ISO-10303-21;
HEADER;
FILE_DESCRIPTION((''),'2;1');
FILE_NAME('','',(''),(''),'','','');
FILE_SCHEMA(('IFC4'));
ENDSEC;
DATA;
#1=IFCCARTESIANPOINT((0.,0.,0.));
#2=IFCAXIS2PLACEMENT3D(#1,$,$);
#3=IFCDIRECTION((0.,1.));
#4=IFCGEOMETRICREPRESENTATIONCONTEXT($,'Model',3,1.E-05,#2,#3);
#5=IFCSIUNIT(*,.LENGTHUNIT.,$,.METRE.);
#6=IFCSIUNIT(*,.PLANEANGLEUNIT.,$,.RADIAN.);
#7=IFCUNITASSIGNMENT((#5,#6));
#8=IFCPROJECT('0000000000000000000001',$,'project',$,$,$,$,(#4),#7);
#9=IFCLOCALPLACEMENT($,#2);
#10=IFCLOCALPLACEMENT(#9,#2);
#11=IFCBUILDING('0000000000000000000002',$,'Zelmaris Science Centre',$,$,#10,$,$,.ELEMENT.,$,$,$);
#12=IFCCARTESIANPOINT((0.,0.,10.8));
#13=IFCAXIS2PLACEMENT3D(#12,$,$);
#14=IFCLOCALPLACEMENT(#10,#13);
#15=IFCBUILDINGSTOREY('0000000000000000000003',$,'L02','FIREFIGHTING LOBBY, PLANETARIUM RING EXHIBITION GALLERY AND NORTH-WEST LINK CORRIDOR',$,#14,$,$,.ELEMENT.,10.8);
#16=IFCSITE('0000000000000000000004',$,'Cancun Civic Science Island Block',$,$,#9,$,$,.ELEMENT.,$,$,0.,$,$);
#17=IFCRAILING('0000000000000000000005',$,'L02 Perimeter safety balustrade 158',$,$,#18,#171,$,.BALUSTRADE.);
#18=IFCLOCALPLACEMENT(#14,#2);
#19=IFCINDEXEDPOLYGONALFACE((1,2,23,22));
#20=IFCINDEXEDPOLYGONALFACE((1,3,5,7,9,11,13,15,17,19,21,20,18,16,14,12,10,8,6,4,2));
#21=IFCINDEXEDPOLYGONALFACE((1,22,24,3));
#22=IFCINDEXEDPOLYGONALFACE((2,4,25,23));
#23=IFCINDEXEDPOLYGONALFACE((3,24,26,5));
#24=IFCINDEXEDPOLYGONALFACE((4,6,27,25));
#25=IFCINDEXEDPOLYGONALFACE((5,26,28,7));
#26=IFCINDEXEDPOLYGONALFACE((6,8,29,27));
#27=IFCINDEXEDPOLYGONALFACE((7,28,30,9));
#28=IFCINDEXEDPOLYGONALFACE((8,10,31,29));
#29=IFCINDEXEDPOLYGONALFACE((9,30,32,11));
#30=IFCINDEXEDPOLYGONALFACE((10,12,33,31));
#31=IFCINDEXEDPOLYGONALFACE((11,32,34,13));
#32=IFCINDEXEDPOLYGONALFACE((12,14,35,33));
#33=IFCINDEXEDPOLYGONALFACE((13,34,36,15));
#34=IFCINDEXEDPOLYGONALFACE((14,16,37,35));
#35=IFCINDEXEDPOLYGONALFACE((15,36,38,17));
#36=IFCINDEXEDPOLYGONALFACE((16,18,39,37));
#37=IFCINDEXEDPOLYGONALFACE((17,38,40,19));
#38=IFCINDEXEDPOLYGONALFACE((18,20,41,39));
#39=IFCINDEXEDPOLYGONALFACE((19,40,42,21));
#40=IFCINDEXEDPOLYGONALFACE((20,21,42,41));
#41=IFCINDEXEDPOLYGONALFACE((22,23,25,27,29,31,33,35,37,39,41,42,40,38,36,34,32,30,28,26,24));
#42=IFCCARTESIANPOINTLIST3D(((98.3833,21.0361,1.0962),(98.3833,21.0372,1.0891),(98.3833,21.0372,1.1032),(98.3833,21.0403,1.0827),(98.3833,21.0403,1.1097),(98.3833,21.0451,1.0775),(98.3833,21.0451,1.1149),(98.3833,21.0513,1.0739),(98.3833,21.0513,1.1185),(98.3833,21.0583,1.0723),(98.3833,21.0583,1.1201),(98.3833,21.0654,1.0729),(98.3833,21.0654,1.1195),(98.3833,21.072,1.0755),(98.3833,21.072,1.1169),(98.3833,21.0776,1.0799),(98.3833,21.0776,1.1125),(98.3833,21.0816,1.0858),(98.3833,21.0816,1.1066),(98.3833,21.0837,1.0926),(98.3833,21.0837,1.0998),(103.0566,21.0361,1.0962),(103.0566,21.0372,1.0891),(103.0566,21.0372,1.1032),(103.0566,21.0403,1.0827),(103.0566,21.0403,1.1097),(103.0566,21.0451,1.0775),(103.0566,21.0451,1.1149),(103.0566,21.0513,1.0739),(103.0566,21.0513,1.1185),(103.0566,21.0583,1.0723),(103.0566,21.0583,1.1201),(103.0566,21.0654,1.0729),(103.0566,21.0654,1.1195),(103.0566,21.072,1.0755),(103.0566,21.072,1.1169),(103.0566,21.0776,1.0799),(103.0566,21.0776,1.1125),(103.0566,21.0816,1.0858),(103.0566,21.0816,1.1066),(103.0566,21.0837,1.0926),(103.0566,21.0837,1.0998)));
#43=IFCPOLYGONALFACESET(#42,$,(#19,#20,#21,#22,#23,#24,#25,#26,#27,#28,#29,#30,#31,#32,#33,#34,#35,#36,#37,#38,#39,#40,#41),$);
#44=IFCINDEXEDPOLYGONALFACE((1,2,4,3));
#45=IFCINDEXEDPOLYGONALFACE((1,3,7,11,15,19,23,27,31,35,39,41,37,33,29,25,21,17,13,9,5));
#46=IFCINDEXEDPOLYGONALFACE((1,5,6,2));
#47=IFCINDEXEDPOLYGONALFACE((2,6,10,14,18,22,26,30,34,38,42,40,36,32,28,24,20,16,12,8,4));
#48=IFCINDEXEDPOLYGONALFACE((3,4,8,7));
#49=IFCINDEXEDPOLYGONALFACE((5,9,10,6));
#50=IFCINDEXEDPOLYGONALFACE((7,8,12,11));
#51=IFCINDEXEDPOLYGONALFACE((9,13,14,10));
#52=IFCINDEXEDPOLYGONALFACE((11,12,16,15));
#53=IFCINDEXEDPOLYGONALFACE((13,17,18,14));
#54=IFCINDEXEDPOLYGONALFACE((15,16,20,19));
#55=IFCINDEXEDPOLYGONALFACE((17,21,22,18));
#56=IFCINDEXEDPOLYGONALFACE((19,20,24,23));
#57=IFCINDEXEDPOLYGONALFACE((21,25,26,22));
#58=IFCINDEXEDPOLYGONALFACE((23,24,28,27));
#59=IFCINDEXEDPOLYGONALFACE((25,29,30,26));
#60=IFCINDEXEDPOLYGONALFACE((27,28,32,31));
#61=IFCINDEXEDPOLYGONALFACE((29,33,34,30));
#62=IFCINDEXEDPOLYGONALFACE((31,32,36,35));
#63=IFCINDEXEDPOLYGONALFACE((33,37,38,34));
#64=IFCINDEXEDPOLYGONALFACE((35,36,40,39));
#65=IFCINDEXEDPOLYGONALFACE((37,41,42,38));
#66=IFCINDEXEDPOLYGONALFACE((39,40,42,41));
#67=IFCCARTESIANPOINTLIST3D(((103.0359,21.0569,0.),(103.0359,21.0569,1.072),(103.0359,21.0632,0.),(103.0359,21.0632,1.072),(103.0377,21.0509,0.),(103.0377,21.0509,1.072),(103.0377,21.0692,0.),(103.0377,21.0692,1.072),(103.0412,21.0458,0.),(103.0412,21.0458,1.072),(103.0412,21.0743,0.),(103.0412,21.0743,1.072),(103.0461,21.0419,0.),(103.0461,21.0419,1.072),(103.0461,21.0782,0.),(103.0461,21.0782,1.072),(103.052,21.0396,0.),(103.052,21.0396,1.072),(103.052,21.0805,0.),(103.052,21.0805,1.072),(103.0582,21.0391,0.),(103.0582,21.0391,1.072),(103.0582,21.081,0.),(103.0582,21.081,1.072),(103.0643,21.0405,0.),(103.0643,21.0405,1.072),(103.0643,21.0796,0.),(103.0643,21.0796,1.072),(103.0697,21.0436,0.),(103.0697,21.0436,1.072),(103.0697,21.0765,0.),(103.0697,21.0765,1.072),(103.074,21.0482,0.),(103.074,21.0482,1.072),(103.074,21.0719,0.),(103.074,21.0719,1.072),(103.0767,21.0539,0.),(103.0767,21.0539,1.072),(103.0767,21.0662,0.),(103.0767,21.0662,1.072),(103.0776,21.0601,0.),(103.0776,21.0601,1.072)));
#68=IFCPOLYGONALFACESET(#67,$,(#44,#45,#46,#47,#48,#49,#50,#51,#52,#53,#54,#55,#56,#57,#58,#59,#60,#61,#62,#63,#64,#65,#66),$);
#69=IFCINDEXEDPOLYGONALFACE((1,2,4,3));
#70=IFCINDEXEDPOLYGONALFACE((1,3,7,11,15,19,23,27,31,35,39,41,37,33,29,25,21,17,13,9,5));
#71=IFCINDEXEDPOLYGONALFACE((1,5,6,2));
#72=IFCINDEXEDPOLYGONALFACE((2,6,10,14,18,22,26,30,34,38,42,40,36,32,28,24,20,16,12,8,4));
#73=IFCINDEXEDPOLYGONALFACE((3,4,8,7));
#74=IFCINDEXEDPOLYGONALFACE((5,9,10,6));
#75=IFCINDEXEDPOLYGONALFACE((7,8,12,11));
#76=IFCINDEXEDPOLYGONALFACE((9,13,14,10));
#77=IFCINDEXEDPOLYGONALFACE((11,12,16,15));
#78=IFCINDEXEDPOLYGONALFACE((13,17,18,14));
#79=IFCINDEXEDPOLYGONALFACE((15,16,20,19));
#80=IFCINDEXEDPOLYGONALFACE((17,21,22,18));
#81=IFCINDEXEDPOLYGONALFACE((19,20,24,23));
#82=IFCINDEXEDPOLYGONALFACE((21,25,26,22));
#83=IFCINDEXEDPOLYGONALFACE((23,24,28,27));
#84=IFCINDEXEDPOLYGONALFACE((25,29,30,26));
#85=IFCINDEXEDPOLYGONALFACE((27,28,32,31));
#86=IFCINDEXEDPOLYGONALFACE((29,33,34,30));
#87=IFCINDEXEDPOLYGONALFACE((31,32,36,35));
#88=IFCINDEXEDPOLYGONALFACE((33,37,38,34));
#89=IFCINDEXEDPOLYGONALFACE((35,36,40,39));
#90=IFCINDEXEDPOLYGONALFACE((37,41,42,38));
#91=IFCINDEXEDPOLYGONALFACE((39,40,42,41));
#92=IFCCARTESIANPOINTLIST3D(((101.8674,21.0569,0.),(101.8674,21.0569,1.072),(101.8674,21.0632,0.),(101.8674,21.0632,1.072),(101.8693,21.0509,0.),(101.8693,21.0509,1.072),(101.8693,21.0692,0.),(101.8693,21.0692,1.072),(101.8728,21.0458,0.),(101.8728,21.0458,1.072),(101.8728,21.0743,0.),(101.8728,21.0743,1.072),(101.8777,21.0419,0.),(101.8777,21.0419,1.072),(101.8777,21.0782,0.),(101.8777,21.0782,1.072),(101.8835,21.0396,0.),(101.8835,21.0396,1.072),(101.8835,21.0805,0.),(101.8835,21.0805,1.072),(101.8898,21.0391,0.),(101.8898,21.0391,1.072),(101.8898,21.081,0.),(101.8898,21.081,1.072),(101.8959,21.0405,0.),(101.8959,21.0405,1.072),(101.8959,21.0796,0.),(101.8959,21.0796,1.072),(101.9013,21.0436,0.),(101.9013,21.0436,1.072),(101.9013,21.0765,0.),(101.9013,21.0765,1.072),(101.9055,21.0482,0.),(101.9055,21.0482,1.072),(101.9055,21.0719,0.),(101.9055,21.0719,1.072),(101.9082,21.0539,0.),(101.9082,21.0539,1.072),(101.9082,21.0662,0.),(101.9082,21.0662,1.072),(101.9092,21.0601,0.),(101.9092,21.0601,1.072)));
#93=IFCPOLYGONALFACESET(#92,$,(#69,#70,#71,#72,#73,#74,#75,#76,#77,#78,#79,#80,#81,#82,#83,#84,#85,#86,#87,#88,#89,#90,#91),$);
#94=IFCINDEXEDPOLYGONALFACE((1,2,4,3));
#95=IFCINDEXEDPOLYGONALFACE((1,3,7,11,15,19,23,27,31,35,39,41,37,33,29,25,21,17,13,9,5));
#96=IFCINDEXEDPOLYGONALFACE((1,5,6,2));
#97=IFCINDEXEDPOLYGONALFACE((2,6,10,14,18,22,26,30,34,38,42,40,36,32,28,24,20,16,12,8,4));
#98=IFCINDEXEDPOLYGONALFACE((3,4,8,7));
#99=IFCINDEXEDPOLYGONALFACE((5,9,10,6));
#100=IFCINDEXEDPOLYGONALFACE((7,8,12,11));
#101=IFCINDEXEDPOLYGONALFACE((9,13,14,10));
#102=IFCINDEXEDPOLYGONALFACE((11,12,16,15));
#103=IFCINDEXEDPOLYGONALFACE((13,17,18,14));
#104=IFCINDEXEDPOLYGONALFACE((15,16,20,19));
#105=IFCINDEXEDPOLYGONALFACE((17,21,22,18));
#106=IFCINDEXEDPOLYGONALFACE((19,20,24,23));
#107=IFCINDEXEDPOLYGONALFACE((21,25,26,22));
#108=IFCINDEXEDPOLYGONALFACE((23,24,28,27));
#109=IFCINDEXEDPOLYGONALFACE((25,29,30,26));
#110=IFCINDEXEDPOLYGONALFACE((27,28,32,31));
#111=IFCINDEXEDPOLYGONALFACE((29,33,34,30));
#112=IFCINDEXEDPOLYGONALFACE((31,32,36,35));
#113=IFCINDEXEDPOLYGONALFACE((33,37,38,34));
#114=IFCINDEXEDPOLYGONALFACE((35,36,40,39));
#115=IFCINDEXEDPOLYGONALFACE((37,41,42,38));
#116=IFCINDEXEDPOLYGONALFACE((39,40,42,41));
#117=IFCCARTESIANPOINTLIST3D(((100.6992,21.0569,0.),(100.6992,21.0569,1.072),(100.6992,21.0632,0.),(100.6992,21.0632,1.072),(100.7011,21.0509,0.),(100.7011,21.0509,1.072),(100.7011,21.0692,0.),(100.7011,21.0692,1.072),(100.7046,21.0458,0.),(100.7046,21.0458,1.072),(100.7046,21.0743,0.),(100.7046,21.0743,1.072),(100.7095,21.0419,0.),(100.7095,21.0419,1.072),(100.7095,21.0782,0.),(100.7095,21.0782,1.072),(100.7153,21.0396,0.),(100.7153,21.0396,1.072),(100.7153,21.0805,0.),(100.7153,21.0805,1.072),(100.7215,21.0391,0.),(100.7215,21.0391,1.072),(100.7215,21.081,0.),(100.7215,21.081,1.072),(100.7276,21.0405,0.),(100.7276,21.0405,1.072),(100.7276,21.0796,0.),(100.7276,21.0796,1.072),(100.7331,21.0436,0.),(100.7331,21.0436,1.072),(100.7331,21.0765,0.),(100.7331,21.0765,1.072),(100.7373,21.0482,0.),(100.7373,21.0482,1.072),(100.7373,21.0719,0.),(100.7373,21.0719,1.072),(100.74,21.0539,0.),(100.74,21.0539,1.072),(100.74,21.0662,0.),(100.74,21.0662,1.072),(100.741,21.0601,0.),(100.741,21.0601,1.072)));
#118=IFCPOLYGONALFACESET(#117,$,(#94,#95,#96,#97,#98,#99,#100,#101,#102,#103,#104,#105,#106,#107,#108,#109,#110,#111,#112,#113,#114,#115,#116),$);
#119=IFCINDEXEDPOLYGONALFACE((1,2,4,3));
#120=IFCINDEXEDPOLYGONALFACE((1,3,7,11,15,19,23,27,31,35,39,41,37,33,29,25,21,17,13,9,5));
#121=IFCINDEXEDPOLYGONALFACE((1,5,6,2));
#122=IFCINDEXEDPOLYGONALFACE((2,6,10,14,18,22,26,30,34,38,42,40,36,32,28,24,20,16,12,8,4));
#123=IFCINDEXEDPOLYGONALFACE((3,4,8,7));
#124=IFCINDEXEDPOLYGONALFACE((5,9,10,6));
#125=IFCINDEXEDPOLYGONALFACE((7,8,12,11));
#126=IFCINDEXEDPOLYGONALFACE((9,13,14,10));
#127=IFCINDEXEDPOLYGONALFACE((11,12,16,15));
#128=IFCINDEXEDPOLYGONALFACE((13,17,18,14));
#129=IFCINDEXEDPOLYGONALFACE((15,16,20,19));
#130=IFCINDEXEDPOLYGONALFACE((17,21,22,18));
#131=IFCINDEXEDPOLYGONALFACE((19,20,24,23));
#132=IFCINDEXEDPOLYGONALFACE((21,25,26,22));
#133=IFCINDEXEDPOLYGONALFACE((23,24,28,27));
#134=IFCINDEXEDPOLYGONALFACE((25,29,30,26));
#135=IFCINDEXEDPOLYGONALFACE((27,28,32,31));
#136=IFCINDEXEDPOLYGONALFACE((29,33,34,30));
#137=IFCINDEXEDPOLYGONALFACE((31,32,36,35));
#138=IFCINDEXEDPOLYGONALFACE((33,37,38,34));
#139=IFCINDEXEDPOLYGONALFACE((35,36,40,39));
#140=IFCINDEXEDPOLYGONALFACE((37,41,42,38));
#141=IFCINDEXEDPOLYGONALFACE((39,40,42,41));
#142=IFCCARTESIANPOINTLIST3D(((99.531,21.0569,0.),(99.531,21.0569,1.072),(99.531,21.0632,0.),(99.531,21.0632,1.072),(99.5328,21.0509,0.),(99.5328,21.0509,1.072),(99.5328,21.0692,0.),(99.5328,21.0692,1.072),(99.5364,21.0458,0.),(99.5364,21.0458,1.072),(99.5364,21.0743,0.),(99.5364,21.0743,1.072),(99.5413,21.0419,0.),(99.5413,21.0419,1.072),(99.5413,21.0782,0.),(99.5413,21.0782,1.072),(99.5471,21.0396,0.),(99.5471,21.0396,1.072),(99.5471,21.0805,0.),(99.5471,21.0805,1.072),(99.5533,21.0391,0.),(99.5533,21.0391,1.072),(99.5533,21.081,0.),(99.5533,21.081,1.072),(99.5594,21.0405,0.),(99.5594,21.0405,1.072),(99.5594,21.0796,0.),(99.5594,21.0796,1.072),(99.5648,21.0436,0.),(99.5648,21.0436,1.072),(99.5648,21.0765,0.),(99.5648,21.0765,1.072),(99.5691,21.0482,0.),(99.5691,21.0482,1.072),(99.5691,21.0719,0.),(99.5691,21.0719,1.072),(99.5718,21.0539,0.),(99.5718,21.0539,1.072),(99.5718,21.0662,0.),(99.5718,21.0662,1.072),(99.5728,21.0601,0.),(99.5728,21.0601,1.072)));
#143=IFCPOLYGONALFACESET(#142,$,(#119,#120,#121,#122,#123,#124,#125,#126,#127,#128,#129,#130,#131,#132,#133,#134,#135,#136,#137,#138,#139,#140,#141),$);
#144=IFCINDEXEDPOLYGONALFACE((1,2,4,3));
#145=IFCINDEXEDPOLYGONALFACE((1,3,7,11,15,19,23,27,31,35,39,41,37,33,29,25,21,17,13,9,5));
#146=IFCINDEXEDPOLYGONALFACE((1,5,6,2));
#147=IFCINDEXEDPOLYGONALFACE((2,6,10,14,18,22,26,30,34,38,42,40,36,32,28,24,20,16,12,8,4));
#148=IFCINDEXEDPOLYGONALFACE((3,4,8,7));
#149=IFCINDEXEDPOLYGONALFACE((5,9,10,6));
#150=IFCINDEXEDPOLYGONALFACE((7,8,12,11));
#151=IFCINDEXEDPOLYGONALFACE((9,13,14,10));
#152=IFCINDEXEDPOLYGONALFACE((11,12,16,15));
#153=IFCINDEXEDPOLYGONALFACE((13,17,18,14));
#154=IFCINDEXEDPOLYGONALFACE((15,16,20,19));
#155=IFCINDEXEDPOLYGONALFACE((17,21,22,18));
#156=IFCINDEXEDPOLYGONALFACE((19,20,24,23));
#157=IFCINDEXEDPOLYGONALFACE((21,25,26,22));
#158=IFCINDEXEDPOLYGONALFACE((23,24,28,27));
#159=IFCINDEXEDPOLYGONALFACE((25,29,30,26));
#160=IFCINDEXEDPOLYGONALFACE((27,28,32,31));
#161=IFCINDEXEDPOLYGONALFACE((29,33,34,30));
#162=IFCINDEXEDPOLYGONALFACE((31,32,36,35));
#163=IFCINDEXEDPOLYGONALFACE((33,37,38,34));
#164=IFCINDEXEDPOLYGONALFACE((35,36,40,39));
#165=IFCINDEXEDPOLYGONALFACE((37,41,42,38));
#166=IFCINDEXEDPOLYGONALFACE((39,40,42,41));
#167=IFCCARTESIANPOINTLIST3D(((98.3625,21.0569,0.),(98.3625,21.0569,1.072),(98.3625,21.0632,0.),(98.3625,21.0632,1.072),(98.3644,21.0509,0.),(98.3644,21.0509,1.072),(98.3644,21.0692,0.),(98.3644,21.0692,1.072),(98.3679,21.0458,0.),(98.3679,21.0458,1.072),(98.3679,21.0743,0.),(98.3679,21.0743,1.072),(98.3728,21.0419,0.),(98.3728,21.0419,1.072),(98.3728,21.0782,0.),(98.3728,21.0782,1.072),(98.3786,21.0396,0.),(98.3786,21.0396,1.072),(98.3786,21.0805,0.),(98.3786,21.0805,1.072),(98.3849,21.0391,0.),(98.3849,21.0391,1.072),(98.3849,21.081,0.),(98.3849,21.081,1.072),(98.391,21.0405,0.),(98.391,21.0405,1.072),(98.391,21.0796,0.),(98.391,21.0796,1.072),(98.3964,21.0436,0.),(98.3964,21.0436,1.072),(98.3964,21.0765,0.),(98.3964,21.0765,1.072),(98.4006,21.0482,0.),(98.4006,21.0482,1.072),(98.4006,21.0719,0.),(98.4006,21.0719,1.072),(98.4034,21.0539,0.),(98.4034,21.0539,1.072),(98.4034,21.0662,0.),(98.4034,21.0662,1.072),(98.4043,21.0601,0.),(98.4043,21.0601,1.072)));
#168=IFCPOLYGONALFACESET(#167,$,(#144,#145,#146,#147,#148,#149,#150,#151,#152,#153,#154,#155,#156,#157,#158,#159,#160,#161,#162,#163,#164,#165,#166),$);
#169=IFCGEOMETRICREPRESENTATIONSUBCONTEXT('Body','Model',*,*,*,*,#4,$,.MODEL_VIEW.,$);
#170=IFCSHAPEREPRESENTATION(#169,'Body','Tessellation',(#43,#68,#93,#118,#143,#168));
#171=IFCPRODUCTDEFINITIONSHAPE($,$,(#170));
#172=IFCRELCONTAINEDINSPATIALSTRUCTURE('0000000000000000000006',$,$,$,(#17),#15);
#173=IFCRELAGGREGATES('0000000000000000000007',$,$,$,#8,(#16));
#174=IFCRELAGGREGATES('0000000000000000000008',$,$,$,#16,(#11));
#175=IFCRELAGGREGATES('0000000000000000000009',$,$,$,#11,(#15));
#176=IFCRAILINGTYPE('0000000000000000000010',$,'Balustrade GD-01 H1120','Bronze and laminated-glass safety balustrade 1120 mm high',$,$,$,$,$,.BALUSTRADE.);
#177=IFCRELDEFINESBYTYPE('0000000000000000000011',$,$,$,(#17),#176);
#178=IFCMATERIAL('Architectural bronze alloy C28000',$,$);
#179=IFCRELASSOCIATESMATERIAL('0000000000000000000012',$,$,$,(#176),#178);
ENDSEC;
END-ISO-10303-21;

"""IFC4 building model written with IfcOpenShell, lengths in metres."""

from ifc_helpers import new_model, si_unit, direction, frame, origin, origin_2d, place, context, subcontext, project, spatial, circle, extrude, material, type_object, element, save


model = new_model("IFC4")

# Units and contexts
model_context = context("Model", 3, precision=1e-05, world=origin(), true_north=direction((0.0, 1.0)))
body_context = subcontext(model_context, "Body", "Model", "MODEL_VIEW")
ifc_project = project(units=[si_unit("LENGTHUNIT", "METRE"), si_unit("PLANEANGLEUNIT", "RADIAN")], contexts=[model_context])

# Site, building, storey
site_placement = place(None, origin())
site = spatial("IfcSite", under=ifc_project, at=site_placement, Name="Cancun Civic Science Island Block", CompositionType="ELEMENT", RefElevation=0.0)
building_placement = place(site_placement, origin())
building = spatial("IfcBuilding", under=site, at=building_placement, Name="Zelmaris Science Centre", CompositionType="ELEMENT")
storey_placement = place(building_placement, frame((0.0, 0.0, 10.8)))
storey = spatial("IfcBuildingStorey", under=building, at=storey_placement, Name="L02", Description="FIREFIGHTING LOBBY, PLANETARIUM RING EXHIBITION GALLERY AND NORTH-WEST LINK CORRIDOR", CompositionType="ELEMENT", Elevation=10.8)

# Railing
ifc_material_1 = material(Name="Architectural bronze alloy C28000")
railing_type = type_object("IfcRailingType", Name="Balustrade GD-01 H1120", Description="Bronze and laminated-glass safety balustrade 1120 mm high", PredefinedType="BALUSTRADE", material=ifc_material_1)
railing_placement = place(storey_placement, frame((103.0566, 21.0601, 0.0)))
element("IfcRailing", 1, at=railing_placement, inside=storey, type_object=railing_type, Name="L02 Perimeter safety balustrade 158", PredefinedType="BALUSTRADE", context=body_context, shape_type="SweptSolid", body=[
    extrude(circle(Radius=0.0239, at=origin_2d()), frame((0.0, 0.0, 1.0962), z_axis=(-1.0, 0.0, 0.0), x_axis=(0.0, -1.0, 0.0)), (0.0, 0.0, 1.0), 4.6733),
    extrude(circle(Radius=0.021, at=origin_2d()), origin(), (0.0, 0.0, 1.0), 1.072),
    extrude(circle(Radius=0.021, at=origin_2d()), frame((-1.1685, 0.0, 0.0)), (0.0, 0.0, 1.0), 1.072),
    extrude(circle(Radius=0.021, at=origin_2d()), frame((-2.3367, 0.0, 0.0)), (0.0, 0.0, 1.0), 1.072),
    extrude(circle(Radius=0.021, at=origin_2d()), frame((-3.5049, 0.0, 0.0)), (0.0, 0.0, 1.0), 1.072),
    extrude(circle(Radius=0.021, at=origin_2d()), frame((-4.6733, 0.0, 0.0)), (0.0, 0.0, 1.0), 1.072),
])

save(model, "model.ifc")
